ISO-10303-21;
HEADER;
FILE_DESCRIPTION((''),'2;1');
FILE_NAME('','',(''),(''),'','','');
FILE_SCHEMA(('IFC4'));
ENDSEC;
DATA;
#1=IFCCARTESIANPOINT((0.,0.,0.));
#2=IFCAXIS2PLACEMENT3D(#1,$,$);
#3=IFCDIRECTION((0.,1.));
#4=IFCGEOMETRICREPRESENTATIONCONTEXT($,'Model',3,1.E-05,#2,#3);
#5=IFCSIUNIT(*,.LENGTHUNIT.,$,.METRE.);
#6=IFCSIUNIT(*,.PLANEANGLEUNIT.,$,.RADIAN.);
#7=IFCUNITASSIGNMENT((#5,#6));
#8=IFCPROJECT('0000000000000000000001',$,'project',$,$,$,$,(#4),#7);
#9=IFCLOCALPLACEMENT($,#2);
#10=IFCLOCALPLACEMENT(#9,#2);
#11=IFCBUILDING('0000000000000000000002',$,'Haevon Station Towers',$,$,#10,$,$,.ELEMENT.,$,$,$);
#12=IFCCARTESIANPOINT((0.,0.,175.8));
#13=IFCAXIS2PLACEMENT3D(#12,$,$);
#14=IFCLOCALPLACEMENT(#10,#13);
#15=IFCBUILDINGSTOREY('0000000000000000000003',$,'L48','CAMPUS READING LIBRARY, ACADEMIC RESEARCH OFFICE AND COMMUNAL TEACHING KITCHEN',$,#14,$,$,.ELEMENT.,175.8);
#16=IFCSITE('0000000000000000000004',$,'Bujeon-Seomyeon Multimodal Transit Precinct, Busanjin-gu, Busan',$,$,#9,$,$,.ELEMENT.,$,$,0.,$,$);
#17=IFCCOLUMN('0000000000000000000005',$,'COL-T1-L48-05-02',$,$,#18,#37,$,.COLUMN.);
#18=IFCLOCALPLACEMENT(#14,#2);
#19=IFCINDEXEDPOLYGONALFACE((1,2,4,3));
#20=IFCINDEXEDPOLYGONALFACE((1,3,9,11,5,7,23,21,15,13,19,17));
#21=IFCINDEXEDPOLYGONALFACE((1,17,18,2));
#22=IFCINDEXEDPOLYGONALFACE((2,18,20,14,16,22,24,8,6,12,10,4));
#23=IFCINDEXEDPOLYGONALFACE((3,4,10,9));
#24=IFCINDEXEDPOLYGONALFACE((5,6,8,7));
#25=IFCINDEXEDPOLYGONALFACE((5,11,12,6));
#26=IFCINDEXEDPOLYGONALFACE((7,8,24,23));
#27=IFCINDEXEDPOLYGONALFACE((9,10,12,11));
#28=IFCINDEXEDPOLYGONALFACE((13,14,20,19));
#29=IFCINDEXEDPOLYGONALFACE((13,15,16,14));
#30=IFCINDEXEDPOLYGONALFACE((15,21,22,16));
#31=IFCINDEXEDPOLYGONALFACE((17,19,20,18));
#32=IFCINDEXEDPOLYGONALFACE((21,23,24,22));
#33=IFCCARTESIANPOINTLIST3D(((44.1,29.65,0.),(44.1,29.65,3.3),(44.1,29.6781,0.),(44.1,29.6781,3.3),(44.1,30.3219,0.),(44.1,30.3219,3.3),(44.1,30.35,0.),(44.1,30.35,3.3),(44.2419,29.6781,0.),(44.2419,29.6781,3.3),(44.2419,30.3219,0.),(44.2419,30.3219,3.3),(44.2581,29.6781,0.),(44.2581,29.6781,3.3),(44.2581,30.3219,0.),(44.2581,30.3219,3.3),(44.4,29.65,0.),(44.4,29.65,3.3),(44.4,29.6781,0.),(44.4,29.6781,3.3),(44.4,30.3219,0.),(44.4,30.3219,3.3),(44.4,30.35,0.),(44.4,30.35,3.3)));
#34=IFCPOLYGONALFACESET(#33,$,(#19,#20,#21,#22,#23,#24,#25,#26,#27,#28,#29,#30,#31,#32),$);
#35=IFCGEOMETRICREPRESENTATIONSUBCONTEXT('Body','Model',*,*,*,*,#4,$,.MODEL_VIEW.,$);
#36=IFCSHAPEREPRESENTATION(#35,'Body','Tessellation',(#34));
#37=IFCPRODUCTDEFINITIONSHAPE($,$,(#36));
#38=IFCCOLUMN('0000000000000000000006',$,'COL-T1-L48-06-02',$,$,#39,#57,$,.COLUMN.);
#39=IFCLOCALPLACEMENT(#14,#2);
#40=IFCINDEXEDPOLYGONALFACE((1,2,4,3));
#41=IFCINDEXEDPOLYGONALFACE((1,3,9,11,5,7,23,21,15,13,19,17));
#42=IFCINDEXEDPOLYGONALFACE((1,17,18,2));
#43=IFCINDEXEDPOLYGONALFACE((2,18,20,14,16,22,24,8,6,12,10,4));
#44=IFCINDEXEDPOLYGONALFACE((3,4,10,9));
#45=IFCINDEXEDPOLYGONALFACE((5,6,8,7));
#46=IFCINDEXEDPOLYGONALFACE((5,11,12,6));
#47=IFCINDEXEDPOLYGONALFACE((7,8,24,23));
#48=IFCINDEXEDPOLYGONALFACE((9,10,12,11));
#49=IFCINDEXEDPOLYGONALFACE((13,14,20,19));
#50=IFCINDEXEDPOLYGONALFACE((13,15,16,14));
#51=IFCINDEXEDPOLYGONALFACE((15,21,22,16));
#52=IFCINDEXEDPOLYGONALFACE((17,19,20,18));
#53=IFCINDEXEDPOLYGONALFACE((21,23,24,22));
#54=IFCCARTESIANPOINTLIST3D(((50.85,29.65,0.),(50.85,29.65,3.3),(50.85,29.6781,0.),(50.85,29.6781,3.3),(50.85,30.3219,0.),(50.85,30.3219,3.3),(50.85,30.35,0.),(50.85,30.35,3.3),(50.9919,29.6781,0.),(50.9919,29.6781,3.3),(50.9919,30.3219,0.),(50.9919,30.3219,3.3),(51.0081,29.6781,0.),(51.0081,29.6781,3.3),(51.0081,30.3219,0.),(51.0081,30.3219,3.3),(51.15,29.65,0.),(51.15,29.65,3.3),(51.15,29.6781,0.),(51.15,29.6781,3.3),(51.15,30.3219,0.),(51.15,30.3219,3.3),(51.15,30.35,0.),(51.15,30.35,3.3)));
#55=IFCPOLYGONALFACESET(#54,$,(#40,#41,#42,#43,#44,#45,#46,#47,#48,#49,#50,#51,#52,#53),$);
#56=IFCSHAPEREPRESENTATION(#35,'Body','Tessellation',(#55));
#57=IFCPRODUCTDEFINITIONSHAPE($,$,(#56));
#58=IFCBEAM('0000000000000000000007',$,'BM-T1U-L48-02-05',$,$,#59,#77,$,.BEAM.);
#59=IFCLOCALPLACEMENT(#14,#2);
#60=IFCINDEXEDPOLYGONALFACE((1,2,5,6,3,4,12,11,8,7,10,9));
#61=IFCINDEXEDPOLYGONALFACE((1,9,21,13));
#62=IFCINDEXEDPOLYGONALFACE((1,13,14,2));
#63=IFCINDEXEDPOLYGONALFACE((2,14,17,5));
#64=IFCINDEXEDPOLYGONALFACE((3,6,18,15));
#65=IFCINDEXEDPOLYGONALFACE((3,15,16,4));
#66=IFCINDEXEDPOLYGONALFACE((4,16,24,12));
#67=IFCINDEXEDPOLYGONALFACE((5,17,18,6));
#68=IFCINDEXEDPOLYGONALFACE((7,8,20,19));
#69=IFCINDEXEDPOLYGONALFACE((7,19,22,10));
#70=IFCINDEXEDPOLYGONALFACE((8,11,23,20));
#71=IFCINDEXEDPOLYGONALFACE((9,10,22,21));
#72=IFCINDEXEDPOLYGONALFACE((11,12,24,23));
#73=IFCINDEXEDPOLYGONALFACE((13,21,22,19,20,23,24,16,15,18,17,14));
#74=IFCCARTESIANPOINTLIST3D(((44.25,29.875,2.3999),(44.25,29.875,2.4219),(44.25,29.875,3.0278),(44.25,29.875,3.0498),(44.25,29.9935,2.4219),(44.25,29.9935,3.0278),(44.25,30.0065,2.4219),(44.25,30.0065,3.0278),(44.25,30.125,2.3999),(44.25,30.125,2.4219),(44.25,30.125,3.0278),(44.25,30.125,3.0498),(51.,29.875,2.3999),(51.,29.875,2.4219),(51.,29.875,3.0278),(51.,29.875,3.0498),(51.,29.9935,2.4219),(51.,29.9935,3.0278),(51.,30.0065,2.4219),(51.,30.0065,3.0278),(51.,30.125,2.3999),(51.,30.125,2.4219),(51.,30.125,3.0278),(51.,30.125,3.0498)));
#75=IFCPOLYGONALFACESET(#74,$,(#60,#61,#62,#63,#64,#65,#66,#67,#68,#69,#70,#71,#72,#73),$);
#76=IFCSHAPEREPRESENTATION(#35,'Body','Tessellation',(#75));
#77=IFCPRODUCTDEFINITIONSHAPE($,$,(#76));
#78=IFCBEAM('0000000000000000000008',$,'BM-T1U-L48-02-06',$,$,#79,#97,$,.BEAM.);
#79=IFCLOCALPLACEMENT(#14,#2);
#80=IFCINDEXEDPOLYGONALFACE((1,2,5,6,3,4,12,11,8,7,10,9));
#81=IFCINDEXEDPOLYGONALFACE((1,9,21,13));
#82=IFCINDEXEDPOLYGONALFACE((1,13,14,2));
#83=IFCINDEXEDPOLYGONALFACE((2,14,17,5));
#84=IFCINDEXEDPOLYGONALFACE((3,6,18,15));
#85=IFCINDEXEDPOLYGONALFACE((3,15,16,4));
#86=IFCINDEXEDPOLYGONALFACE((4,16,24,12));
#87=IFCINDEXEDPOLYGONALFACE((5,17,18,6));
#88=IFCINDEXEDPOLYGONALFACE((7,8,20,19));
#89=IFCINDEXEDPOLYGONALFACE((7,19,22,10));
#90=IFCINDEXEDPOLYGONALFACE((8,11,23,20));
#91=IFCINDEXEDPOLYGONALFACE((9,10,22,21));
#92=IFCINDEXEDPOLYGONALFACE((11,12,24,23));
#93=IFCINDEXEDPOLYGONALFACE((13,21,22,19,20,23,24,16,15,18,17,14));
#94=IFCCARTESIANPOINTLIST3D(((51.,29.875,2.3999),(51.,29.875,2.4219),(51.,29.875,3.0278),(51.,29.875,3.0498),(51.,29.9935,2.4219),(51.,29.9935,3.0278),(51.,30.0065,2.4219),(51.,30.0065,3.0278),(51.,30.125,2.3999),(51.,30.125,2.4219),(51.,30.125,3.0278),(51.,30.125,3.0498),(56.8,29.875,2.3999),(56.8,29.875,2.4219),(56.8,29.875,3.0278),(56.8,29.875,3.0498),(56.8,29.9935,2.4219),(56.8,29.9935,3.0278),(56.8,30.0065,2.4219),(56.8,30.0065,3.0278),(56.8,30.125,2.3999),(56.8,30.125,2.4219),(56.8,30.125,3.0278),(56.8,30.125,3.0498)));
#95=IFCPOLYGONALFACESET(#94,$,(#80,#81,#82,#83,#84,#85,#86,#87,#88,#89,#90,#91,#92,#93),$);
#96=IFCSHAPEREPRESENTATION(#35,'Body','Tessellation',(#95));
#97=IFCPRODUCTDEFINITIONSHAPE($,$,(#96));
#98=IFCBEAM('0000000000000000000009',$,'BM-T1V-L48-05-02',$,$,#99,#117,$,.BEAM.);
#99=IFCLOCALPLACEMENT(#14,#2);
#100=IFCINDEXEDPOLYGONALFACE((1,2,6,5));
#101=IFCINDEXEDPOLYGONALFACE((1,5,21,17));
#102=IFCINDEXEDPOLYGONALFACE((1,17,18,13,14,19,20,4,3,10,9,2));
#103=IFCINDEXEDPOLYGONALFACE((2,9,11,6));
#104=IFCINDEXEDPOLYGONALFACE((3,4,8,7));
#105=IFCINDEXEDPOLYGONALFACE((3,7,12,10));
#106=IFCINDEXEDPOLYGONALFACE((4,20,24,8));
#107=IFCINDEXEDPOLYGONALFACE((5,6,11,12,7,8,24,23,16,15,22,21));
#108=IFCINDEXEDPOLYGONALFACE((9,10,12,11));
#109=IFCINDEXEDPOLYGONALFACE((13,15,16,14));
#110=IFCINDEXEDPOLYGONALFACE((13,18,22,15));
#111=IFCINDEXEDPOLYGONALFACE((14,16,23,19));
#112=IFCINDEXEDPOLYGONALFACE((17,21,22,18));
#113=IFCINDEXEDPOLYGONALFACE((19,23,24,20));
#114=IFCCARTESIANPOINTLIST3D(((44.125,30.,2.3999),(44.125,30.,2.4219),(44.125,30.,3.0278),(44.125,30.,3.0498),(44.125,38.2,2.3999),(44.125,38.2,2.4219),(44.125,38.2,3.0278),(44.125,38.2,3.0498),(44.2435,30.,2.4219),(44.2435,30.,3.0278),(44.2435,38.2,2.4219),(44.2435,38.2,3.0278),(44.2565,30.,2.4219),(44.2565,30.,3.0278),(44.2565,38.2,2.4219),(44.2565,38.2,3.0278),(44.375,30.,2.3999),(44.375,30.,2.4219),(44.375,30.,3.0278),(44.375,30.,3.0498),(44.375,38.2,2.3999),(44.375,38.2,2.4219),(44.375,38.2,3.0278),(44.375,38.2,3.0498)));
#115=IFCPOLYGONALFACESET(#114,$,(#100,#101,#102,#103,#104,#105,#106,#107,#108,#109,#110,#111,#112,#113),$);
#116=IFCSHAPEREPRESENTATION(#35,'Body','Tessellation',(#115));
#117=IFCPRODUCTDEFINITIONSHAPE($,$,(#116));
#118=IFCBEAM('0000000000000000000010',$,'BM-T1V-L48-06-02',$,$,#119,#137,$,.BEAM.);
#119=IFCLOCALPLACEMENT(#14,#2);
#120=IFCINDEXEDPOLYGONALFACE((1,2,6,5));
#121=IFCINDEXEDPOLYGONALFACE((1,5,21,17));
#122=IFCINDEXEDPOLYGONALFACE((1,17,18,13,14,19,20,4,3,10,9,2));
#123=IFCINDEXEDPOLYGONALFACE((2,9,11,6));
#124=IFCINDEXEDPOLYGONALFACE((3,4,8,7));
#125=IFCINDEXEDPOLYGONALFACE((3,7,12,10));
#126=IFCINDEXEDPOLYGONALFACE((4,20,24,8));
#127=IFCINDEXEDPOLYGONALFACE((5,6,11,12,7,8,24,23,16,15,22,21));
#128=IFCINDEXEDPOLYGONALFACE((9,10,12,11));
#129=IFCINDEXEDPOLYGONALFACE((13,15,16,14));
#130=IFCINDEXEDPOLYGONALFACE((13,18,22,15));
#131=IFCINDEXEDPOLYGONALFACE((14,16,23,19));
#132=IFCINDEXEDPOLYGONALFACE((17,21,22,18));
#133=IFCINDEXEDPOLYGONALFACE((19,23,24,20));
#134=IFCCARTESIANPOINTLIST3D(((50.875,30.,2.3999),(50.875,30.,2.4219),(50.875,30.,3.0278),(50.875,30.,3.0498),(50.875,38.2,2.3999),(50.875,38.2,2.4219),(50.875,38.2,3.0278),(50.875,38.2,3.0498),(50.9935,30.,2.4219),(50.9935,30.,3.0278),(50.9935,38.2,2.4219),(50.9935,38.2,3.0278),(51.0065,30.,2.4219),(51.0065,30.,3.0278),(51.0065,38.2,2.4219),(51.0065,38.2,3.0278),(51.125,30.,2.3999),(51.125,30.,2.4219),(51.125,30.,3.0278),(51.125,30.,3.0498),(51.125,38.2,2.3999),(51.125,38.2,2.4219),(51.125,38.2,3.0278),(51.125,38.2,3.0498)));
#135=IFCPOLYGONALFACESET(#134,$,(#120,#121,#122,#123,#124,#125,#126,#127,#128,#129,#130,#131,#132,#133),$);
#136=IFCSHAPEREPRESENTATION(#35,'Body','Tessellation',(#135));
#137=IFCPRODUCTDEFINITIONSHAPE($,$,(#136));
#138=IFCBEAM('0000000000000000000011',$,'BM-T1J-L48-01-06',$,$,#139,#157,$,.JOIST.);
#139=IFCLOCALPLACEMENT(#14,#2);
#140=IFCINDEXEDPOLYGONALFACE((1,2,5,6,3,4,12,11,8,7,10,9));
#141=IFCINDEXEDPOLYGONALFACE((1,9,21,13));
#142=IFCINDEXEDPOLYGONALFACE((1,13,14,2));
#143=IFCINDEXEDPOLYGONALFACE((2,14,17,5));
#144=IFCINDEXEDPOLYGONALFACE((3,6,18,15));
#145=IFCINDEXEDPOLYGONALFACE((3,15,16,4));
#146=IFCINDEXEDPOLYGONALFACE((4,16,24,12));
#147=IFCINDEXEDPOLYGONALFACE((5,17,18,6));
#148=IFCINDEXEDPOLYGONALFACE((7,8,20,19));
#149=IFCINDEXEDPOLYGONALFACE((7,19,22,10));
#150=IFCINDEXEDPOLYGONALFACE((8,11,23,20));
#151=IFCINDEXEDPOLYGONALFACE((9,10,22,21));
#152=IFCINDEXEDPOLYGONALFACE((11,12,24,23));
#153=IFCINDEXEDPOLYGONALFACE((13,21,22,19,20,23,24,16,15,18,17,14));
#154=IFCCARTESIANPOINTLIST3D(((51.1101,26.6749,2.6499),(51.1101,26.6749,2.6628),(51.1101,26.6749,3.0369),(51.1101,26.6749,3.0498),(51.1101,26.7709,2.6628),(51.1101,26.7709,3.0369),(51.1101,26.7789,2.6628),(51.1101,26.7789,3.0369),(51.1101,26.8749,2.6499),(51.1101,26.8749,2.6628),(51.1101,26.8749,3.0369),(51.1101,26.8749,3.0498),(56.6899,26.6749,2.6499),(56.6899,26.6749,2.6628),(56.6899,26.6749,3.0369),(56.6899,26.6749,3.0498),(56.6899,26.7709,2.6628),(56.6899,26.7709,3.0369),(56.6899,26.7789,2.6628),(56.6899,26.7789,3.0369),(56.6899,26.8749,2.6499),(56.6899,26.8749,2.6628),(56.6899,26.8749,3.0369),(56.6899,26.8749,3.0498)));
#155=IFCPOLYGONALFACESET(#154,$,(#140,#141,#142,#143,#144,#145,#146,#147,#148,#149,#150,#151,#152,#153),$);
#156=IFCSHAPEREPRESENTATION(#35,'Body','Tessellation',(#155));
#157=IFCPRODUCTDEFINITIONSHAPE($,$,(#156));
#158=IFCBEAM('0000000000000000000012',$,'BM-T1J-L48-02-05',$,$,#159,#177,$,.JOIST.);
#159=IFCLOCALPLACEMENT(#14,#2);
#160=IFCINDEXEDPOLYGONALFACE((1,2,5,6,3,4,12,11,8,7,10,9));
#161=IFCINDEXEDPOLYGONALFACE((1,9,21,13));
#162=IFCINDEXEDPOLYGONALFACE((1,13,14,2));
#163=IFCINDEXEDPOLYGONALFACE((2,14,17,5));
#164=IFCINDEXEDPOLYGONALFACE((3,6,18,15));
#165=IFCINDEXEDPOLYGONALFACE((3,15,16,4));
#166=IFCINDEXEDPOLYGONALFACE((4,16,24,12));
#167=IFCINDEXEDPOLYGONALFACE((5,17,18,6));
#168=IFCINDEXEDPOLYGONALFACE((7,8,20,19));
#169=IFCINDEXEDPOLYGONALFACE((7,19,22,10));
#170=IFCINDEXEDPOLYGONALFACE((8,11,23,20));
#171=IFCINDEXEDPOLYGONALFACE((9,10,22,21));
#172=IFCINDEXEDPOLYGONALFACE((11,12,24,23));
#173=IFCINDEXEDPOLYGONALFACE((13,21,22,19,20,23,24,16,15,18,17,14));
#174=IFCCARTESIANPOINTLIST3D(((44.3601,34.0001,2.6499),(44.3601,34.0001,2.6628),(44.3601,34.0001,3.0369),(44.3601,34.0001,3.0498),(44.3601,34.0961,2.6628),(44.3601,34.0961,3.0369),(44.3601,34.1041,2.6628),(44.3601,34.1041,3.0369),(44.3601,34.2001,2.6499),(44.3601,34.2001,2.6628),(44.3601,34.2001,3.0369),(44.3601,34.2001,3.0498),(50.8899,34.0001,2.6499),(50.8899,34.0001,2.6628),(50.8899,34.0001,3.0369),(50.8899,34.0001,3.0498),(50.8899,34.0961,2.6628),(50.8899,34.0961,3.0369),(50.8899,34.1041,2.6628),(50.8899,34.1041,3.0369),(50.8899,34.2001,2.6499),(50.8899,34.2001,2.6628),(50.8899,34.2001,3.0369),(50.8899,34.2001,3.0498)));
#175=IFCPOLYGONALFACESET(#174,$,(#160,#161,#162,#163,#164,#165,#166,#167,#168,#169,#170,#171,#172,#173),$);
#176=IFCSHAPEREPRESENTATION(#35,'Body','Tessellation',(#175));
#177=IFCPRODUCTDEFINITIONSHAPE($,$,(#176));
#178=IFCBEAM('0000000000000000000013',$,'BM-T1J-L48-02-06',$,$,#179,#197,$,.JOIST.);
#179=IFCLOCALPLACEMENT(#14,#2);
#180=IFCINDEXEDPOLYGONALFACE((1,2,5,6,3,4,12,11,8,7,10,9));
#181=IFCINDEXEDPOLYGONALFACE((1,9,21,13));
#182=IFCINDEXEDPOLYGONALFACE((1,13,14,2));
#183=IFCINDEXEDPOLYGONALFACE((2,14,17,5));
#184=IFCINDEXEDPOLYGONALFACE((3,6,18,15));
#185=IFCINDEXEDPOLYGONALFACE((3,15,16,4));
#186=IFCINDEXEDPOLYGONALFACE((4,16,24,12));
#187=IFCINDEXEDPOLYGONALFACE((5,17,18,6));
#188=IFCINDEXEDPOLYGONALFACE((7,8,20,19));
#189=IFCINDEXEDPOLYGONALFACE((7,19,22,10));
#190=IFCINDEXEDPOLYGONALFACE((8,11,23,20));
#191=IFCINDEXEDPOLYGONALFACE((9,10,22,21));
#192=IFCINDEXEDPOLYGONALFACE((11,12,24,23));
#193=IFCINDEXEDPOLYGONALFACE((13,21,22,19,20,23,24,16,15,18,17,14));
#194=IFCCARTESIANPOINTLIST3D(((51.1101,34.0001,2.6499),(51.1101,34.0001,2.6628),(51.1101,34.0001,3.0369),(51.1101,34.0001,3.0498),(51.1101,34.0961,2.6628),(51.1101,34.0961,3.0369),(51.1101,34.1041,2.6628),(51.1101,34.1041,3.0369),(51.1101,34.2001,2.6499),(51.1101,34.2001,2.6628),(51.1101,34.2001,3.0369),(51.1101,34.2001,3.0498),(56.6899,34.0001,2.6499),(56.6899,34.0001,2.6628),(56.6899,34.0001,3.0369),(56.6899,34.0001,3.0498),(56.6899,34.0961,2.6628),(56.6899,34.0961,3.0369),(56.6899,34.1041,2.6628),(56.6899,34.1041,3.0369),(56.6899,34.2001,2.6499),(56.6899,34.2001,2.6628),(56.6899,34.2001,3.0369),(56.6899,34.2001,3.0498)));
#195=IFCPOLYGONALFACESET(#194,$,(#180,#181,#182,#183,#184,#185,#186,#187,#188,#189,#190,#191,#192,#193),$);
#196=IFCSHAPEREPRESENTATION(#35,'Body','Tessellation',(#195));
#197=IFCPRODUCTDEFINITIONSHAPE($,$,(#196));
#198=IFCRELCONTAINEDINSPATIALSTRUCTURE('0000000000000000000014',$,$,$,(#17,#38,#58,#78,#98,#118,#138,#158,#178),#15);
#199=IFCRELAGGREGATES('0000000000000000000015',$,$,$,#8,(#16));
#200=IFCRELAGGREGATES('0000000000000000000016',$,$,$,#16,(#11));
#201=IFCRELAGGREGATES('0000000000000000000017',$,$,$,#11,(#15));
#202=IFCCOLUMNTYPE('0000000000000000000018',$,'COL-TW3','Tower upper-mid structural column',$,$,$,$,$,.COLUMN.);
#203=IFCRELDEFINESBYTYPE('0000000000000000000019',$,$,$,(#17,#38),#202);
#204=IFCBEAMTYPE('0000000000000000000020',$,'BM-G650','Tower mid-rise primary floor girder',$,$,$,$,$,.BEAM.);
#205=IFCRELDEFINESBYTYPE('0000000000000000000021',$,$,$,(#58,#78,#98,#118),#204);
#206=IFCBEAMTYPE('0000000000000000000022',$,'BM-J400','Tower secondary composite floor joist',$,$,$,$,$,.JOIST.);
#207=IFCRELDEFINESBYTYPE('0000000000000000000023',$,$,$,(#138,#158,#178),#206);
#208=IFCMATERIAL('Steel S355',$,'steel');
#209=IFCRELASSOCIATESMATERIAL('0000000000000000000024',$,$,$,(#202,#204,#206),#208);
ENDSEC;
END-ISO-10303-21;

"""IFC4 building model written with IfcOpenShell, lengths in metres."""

from ifc_helpers import new_model, si_unit, direction, frame, origin, origin_2d, place, context, subcontext, project, spatial, i_section, extrude, material, material_profile, profile_set, type_object, element, save


model = new_model("IFC4")

# Units and contexts
model_context = context("Model", 3, precision=1e-05, world=origin(), true_north=direction((0.0, 1.0)))
body_context = subcontext(model_context, "Body", "Model", "MODEL_VIEW")
ifc_project = project(units=[si_unit("LENGTHUNIT", "METRE"), si_unit("PLANEANGLEUNIT", "RADIAN")], contexts=[model_context])

# Site, building, storey
site_placement = place(None, origin())
site = spatial("IfcSite", under=ifc_project, at=site_placement, Name="Bujeon-Seomyeon Multimodal Transit Precinct, Busanjin-gu, Busan", CompositionType="ELEMENT", RefElevation=0.0)
building_placement = place(site_placement, origin())
building = spatial("IfcBuilding", under=site, at=building_placement, Name="Haevon Station Towers", CompositionType="ELEMENT")
storey_placement = place(building_placement, frame((0.0, 0.0, 175.8)))
storey = spatial("IfcBuildingStorey", under=building, at=storey_placement, Name="L48", Description="CAMPUS READING LIBRARY, ACADEMIC RESEARCH OFFICE AND COMMUNAL TEACHING KITCHEN", CompositionType="ELEMENT", Elevation=175.8)

# Columns
ifc_material_1 = material(Name="Steel S355", Category="steel")
ifc_material_profile_1 = material_profile(ifc_material_1, i_section(OverallWidth=0.3, OverallDepth=0.7, WebThickness=0.0161, FlangeThickness=0.0281, at=origin_2d()), Name="H-700x300x16x28")
ifc_profile_set_1 = profile_set([ifc_material_profile_1], Name="Steel S355")
column_type = type_object("IfcColumnType", Name="COL-TW3", Description="Tower upper-mid structural column", PredefinedType="COLUMN", material=ifc_profile_set_1)
for number, where, z_axis, x_axis, name in (
    (1, (44.25, 30.0, 0.0), (0.0, 0.0, 1.0), (1.0, 0.0, 0.0), "COL-T1-L48-05-02"),
    (2, (51.0, 30.0, 0.0), (0.0, 0.0, 1.0), (1.0, 0.0, 0.0), "COL-T1-L48-06-02"),
):
    element("IfcColumn", number, at=place(storey_placement, frame(where, z_axis=z_axis, x_axis=x_axis)), inside=storey, type_object=column_type, Name=name, PredefinedType="COLUMN", context=body_context, shape_type="SweptSolid", body=[
        extrude(i_section(OverallWidth=0.3, OverallDepth=0.7, WebThickness=0.0161, FlangeThickness=0.0281, at=origin_2d()), origin(), (0.0, 0.0, 1.0), 3.3),
    ])

# Beams
ifc_material_profile_2 = material_profile(ifc_material_1, i_section(OverallWidth=0.25, OverallDepth=0.6499, WebThickness=0.0129, FlangeThickness=0.022, at=origin_2d()), Name="H-650x250x13x22")
ifc_profile_set_2 = profile_set([ifc_material_profile_2], Name="Steel S355")
beam_type_1 = type_object("IfcBeamType", Name="BM-G650", Description="Tower mid-rise primary floor girder", PredefinedType="BEAM", material=ifc_profile_set_2)
beam_1_placement = place(storey_placement, frame((44.25, 30.0, 2.7249), z_axis=(1.0, 0.0, 0.0), x_axis=(0.0, 1.0, 0.0)))
element("IfcBeam", 3, at=beam_1_placement, inside=storey, type_object=beam_type_1, Name="BM-T1U-L48-02-05", PredefinedType="BEAM", context=body_context, shape_type="SweptSolid", body=[
    extrude(i_section(OverallWidth=0.25, OverallDepth=0.6499, WebThickness=0.0129, FlangeThickness=0.022, at=origin_2d()), origin(), (0.0, 0.0, 1.0), 6.75),
])
beam_2_placement = place(storey_placement, frame((51.0, 30.0, 2.7249), z_axis=(1.0, 0.0, 0.0), x_axis=(0.0, 1.0, 0.0)))
element("IfcBeam", 4, at=beam_2_placement, inside=storey, type_object=beam_type_1, Name="BM-T1U-L48-02-06", PredefinedType="BEAM", context=body_context, shape_type="SweptSolid", body=[
    extrude(i_section(OverallWidth=0.25, OverallDepth=0.6499, WebThickness=0.0129, FlangeThickness=0.022, at=origin_2d()), origin(), (0.0, 0.0, 1.0), 5.8),
])
for number, where, z_axis, x_axis, name in (
    (5, (44.25, 30.0, 2.7249), (0.0, 1.0, 0.0), (-1.0, 0.0, 0.0), "BM-T1V-L48-05-02"),
    (6, (51.0, 30.0, 2.7249), (0.0, 1.0, 0.0), (-1.0, 0.0, 0.0), "BM-T1V-L48-06-02"),
):
    element("IfcBeam", number, at=place(storey_placement, frame(where, z_axis=z_axis, x_axis=x_axis)), inside=storey, type_object=beam_type_1, Name=name, PredefinedType="BEAM", context=body_context, shape_type="SweptSolid", body=[
        extrude(i_section(OverallWidth=0.25, OverallDepth=0.6499, WebThickness=0.0129, FlangeThickness=0.022, at=origin_2d()), origin(), (0.0, 0.0, 1.0), 8.2),
    ])
ifc_material_profile_3 = material_profile(ifc_material_1, i_section(OverallWidth=0.2, OverallDepth=0.3999, WebThickness=0.0081, FlangeThickness=0.0129, at=origin_2d()), Name="H-400x200x8x13")
ifc_profile_set_3 = profile_set([ifc_material_profile_3], Name="Steel S355")
beam_type_2 = type_object("IfcBeamType", Name="BM-J400", Description="Tower secondary composite floor joist", PredefinedType="JOIST", material=ifc_profile_set_3)
beam_3_placement = place(storey_placement, frame((51.1101, 26.7749, 2.8499), z_axis=(1.0, 0.0, 0.0), x_axis=(0.0, 1.0, 0.0)))
element("IfcBeam", 7, at=beam_3_placement, inside=storey, type_object=beam_type_2, Name="BM-T1J-L48-01-06", PredefinedType="JOIST", context=body_context, shape_type="SweptSolid", body=[
    extrude(i_section(OverallWidth=0.2, OverallDepth=0.3999, WebThickness=0.0081, FlangeThickness=0.0129, at=origin_2d()), origin(), (0.0, 0.0, 1.0), 5.5798),
])
beam_4_placement = place(storey_placement, frame((44.3601, 34.1001, 2.8499), z_axis=(1.0, 0.0, 0.0), x_axis=(0.0, 1.0, 0.0)))
element("IfcBeam", 8, at=beam_4_placement, inside=storey, type_object=beam_type_2, Name="BM-T1J-L48-02-05", PredefinedType="JOIST", context=body_context, shape_type="SweptSolid", body=[
    extrude(i_section(OverallWidth=0.2, OverallDepth=0.3999, WebThickness=0.0081, FlangeThickness=0.0129, at=origin_2d()), origin(), (0.0, 0.0, 1.0), 6.5298),
])
beam_5_placement = place(storey_placement, frame((51.1101, 34.1001, 2.8499), z_axis=(1.0, 0.0, 0.0), x_axis=(0.0, 1.0, 0.0)))
element("IfcBeam", 9, at=beam_5_placement, inside=storey, type_object=beam_type_2, Name="BM-T1J-L48-02-06", PredefinedType="JOIST", context=body_context, shape_type="SweptSolid", body=[
    extrude(i_section(OverallWidth=0.2, OverallDepth=0.3999, WebThickness=0.0081, FlangeThickness=0.0129, at=origin_2d()), origin(), (0.0, 0.0, 1.0), 5.5798),
])

save(model, "model.ifc")
